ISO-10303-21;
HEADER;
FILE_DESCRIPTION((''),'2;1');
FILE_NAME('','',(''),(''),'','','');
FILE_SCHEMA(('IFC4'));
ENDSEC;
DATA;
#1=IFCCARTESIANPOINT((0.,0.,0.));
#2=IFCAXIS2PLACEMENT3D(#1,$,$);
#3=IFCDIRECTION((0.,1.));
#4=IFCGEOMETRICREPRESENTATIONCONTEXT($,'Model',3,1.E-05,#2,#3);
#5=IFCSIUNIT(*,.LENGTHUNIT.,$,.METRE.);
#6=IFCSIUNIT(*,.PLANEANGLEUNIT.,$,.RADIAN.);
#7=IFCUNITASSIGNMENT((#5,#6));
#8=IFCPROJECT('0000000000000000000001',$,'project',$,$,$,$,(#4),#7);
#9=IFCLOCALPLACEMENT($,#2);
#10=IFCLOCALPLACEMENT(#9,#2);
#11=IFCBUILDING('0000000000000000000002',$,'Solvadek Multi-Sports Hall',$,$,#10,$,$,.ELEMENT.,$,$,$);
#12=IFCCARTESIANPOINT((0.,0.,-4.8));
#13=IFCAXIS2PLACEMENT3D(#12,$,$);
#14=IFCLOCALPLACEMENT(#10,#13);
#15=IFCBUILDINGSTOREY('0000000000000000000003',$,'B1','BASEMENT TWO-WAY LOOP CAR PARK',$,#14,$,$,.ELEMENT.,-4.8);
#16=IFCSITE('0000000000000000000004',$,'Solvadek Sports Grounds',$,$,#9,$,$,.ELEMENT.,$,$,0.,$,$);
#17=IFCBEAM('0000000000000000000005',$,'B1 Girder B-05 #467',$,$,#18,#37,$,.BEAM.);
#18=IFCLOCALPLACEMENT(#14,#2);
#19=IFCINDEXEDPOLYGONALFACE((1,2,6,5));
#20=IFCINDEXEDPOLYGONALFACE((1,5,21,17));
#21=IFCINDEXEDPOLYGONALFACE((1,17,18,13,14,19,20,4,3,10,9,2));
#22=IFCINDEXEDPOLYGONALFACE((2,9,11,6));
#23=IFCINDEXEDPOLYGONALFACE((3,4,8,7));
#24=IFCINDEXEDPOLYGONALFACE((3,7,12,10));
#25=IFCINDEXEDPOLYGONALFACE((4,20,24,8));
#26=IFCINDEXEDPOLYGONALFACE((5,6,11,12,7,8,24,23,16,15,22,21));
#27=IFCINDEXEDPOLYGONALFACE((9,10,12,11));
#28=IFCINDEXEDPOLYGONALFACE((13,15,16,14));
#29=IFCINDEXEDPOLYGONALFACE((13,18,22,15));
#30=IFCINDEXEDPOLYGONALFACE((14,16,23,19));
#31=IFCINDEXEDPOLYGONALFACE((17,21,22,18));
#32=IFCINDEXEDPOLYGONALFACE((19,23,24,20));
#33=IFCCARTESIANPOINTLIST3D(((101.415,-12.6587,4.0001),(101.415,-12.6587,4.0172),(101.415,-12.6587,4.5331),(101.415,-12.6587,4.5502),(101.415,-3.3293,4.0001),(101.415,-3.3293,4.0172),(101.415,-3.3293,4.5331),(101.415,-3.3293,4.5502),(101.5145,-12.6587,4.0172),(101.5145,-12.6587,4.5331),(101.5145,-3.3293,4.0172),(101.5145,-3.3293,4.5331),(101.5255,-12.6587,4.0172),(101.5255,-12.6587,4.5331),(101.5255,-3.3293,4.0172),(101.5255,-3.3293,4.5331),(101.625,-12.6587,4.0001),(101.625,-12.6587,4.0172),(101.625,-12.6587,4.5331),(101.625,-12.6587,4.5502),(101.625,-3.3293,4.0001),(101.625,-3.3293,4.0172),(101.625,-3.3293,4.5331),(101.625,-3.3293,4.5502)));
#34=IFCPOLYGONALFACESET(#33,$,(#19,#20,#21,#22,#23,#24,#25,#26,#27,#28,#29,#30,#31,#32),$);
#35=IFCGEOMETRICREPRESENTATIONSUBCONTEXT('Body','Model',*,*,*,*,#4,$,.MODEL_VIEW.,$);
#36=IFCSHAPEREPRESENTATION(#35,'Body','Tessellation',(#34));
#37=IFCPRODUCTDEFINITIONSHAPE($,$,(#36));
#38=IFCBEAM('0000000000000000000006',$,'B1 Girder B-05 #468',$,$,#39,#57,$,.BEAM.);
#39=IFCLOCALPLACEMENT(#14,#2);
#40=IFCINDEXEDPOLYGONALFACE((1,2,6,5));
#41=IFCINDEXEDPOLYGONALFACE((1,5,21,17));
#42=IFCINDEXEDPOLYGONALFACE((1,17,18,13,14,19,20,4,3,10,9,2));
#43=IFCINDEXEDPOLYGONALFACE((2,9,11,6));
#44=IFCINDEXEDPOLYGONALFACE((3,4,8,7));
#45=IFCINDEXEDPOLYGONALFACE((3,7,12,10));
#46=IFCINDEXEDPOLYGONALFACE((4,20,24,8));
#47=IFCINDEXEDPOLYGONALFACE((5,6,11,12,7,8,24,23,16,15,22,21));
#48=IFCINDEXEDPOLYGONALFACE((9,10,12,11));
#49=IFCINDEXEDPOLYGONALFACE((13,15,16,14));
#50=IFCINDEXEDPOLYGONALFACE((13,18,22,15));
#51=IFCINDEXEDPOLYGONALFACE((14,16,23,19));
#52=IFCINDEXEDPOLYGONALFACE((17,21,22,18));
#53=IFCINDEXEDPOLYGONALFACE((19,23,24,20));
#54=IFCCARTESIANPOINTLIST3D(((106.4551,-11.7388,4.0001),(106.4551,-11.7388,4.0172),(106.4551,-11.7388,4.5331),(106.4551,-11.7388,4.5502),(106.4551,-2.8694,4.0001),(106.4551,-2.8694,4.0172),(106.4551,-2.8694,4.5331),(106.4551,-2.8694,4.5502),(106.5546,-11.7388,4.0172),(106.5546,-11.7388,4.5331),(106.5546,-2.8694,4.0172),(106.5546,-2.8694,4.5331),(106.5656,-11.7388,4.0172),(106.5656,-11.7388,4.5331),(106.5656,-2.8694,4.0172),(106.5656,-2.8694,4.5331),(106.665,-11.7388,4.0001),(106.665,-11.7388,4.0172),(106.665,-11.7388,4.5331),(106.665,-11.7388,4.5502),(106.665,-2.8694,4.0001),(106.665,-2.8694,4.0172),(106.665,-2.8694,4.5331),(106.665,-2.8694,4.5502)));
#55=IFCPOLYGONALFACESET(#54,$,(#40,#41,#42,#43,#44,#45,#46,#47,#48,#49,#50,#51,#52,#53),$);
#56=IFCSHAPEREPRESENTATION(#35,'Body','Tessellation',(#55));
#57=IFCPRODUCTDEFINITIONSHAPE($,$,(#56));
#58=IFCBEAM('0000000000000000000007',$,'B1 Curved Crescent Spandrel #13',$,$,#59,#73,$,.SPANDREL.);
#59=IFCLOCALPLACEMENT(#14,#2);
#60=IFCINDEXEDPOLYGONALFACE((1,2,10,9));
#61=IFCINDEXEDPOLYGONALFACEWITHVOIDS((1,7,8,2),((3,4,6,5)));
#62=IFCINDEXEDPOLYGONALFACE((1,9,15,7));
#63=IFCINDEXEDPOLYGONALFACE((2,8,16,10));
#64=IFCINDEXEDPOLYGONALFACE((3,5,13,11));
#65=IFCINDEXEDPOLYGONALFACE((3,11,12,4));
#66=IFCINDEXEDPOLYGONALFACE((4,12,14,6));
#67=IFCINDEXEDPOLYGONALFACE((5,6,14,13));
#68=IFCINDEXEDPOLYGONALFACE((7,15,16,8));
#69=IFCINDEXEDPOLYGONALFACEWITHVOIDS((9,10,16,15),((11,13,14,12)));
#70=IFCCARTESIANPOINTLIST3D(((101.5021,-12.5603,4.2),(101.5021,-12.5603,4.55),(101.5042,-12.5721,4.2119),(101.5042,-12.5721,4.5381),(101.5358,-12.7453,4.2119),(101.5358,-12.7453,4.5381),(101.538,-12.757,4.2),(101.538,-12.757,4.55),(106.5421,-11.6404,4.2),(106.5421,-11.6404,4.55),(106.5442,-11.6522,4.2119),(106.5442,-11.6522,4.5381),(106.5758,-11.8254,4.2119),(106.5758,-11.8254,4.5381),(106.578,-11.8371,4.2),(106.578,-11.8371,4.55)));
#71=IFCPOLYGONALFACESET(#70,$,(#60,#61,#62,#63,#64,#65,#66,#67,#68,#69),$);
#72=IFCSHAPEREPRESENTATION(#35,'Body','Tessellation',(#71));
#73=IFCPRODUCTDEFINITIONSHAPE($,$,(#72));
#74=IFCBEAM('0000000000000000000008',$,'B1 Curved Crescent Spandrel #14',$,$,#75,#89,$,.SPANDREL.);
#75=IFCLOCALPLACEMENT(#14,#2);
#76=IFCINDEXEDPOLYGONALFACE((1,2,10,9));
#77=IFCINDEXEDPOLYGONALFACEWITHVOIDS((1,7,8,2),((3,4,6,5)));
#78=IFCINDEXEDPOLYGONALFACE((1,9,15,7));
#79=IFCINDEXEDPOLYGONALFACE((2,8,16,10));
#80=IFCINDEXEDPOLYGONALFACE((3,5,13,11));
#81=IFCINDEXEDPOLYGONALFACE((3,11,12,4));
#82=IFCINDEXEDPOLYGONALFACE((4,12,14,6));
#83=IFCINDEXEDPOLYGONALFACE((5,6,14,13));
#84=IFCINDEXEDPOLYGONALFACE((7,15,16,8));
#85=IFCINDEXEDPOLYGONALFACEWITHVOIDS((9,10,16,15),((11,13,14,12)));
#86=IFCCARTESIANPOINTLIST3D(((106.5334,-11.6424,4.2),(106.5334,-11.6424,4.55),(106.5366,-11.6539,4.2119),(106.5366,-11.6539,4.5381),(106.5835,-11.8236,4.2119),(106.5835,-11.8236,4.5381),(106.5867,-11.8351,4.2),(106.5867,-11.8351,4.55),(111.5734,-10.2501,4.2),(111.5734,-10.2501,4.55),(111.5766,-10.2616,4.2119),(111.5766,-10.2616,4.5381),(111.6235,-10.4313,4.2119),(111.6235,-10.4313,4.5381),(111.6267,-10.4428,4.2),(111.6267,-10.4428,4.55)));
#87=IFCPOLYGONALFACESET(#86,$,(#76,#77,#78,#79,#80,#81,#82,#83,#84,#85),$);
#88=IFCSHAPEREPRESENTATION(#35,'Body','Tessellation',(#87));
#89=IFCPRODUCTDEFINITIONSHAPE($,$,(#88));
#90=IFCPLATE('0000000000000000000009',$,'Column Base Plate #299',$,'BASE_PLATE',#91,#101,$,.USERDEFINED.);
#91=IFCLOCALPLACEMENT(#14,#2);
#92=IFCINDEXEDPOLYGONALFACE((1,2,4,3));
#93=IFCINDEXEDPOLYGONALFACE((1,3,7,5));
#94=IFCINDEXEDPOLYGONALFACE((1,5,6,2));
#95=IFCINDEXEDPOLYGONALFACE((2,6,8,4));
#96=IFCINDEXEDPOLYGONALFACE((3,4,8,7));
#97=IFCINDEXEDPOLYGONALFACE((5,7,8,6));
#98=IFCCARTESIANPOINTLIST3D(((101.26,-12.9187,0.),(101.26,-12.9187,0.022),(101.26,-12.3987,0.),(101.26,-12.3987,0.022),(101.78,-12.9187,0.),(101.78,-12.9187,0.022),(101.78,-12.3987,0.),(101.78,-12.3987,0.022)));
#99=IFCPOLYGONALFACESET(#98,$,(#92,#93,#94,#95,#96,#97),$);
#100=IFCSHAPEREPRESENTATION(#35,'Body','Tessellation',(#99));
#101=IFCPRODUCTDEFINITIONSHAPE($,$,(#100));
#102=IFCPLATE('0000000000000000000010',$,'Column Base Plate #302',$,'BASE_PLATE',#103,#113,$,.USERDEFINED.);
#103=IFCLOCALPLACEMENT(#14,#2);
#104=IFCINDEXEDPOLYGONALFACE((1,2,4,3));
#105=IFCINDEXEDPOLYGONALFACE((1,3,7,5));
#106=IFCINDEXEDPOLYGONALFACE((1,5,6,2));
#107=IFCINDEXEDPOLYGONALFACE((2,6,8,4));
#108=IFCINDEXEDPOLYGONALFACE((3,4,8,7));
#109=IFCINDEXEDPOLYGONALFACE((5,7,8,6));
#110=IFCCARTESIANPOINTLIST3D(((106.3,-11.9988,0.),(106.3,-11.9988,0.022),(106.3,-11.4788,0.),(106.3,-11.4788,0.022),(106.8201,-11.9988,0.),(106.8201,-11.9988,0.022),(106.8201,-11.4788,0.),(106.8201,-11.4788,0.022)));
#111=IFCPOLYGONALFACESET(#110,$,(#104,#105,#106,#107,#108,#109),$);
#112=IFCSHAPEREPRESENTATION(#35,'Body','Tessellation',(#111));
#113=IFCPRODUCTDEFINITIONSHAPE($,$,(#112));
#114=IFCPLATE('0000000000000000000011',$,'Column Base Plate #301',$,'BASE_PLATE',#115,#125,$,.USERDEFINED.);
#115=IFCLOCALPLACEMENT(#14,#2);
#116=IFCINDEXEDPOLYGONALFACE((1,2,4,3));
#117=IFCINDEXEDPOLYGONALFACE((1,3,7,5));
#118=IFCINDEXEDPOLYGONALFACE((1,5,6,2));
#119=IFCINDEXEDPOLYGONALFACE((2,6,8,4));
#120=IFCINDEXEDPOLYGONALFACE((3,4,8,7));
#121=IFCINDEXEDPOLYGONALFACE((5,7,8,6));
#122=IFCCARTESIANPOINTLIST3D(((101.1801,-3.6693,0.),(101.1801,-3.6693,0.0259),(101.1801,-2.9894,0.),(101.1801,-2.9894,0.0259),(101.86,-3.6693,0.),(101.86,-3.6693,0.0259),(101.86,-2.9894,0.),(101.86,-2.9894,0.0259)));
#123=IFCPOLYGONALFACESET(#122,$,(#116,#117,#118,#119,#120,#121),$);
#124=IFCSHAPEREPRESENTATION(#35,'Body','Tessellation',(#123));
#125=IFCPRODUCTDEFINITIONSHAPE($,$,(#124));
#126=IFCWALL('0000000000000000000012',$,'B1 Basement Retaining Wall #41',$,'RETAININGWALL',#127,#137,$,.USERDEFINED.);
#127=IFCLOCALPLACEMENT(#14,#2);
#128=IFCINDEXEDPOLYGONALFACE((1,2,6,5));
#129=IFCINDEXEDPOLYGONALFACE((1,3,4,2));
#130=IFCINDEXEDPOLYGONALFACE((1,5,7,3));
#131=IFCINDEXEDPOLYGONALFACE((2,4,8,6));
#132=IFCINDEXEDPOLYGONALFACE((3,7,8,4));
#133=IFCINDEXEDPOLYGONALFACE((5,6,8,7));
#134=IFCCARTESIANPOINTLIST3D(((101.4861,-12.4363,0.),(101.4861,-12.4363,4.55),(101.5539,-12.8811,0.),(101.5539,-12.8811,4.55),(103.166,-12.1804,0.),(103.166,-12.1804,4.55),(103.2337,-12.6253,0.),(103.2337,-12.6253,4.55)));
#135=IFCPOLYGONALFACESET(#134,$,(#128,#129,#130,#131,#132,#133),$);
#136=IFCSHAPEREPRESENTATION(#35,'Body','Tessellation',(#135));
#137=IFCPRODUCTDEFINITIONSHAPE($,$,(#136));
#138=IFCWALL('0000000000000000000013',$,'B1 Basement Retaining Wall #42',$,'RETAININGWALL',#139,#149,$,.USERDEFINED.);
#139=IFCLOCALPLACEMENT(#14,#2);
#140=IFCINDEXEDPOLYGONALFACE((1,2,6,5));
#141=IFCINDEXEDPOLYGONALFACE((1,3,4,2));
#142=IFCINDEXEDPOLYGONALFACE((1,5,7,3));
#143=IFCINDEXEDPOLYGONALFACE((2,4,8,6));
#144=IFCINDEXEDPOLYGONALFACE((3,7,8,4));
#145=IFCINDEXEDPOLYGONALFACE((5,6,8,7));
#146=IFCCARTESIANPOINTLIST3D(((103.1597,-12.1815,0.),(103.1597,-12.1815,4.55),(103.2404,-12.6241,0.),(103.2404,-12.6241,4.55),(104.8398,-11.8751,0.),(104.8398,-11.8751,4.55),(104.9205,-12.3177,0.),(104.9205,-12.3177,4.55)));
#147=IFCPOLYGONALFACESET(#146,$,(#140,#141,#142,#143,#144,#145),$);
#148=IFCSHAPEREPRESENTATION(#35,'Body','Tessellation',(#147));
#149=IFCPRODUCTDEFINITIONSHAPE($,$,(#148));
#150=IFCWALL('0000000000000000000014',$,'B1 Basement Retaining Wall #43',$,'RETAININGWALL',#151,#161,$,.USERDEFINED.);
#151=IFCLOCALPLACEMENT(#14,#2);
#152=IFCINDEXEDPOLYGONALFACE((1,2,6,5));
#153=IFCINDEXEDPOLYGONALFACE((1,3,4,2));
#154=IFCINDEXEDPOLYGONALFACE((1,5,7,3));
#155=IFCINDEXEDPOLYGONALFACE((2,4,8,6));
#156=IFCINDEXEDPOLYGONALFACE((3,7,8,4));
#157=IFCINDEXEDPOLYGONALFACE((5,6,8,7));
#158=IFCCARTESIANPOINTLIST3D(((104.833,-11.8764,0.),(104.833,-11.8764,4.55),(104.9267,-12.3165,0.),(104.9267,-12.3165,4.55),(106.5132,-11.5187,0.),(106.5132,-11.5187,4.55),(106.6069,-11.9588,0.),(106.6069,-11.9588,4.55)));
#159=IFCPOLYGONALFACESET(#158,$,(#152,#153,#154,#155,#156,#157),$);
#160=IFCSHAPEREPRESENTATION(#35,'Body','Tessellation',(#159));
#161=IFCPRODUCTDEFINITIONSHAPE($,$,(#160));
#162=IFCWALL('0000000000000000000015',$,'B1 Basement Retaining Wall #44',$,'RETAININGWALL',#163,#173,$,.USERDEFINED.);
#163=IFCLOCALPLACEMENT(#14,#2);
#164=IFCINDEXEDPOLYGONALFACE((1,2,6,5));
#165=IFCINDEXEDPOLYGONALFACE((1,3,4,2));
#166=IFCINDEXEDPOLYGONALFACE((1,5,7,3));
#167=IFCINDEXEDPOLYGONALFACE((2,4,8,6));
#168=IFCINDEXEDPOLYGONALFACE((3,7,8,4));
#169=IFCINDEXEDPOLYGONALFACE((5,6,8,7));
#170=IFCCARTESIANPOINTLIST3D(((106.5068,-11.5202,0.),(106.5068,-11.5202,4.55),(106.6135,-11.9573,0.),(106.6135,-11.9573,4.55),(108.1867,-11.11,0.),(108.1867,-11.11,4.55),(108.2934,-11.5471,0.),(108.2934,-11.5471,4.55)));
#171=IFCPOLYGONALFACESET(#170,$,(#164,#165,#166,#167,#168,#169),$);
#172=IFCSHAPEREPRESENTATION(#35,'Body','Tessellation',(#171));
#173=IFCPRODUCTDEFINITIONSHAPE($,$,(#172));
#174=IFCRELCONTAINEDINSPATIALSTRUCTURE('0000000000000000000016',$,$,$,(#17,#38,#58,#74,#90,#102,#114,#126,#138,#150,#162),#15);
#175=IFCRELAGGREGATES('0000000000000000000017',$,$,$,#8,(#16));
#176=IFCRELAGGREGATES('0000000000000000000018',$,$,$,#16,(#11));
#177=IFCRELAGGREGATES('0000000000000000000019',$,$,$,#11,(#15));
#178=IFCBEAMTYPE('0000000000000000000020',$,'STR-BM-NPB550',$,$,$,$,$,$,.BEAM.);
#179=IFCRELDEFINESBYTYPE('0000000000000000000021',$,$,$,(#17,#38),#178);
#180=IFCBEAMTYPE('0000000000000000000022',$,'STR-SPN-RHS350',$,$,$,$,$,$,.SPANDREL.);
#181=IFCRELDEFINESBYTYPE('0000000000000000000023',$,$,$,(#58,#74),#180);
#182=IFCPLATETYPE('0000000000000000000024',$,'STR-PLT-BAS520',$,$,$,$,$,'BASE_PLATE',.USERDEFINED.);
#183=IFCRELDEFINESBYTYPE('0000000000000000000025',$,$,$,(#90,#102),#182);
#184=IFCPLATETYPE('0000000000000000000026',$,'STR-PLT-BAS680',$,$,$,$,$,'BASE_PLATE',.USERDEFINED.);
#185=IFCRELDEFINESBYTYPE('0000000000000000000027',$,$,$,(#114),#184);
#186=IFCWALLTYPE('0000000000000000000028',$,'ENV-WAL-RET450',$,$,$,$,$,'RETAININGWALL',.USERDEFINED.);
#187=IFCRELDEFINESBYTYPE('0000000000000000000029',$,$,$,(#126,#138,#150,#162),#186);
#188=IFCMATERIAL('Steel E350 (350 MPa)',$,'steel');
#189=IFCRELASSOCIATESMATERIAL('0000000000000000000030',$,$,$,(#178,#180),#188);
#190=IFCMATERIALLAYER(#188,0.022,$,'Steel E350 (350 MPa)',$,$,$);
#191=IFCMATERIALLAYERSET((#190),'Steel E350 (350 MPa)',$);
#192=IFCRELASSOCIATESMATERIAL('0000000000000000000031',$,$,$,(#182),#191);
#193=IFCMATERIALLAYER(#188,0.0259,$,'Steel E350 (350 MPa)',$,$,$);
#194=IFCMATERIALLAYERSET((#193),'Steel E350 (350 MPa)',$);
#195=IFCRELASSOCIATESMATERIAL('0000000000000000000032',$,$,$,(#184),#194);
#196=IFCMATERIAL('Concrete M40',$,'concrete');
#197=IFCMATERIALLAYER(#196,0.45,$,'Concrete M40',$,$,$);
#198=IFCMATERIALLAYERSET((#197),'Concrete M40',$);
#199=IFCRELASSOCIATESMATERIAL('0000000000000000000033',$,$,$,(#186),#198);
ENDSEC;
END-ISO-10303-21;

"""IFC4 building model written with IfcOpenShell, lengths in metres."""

from ifc_helpers import new_model, si_unit, direction, frame, frame_2d, origin, origin_2d, place, context, subcontext, project, spatial, rectangle, hollow_rectangle, i_section, extrude, material, layer, layer_set, material_profile, profile_set, type_object, element, save


model = new_model("IFC4")

# Units and contexts
model_context = context("Model", 3, precision=1e-05, world=origin(), true_north=direction((0.0, 1.0)))
body_context = subcontext(model_context, "Body", "Model", "MODEL_VIEW")
ifc_project = project(units=[si_unit("LENGTHUNIT", "METRE"), si_unit("PLANEANGLEUNIT", "RADIAN")], contexts=[model_context])

# Site, building, storey
site_placement = place(None, origin())
site = spatial("IfcSite", under=ifc_project, at=site_placement, Name="Solvadek Sports Grounds", CompositionType="ELEMENT", RefElevation=0.0)
building_placement = place(site_placement, origin())
building = spatial("IfcBuilding", under=site, at=building_placement, Name="Solvadek Multi-Sports Hall", CompositionType="ELEMENT")
storey_placement = place(building_placement, frame((0.0, 0.0, -4.8)))
storey = spatial("IfcBuildingStorey", under=building, at=storey_placement, Name="B1", Description="BASEMENT TWO-WAY LOOP CAR PARK", CompositionType="ELEMENT", Elevation=-4.8)

# Shared definitions
ifc_material_1 = material(Name="Concrete M40", Category="concrete")

# Shared definitions
ifc_material_2 = material(Name="Steel E350 (350 MPa)", Category="steel")

# Beams
ifc_material_profile_1 = material_profile(ifc_material_2, i_section(OverallWidth=0.21, OverallDepth=0.55, WebThickness=0.011, FlangeThickness=0.0171, at=origin_2d()), Name="NPB 550")
ifc_profile_set_1 = profile_set([ifc_material_profile_1], Name="Steel E350 (350 MPa)")
beam_type_1 = type_object("IfcBeamType", Name="STR-BM-NPB550", PredefinedType="BEAM", material=ifc_profile_set_1)
beam_1_placement = place(storey_placement, frame((101.52, -12.6587, 4.2751), z_axis=(0.0, 1.0, 0.0), x_axis=(-1.0, 0.0, 0.0)))
element("IfcBeam", 1, at=beam_1_placement, inside=storey, type_object=beam_type_1, Name="B1 Girder B-05 #467", PredefinedType="BEAM", context=body_context, shape_type="SweptSolid", body=[
    extrude(i_section(OverallWidth=0.21, OverallDepth=0.55, WebThickness=0.011, FlangeThickness=0.0171, at=origin_2d()), origin(), (0.0, 0.0, 1.0), 9.3293),
])
beam_2_placement = place(storey_placement, frame((106.5601, -11.7388, 4.2751), z_axis=(0.0, 1.0, 0.0), x_axis=(-1.0, 0.0, 0.0)))
element("IfcBeam", 2, at=beam_2_placement, inside=storey, type_object=beam_type_1, Name="B1 Girder B-05 #468", PredefinedType="BEAM", context=body_context, shape_type="SweptSolid", body=[
    extrude(i_section(OverallWidth=0.21, OverallDepth=0.55, WebThickness=0.011, FlangeThickness=0.0171, at=origin_2d()), origin(), (0.0, 0.0, 1.0), 8.8694),
])
ifc_material_profile_2 = material_profile(ifc_material_2, hollow_rectangle(XDim=0.2, YDim=0.3501, WallThickness=0.012, at=origin_2d()), Name="RHS 350x200x12")
ifc_profile_set_2 = profile_set([ifc_material_profile_2], Name="Steel E350 (350 MPa)")
beam_type_2 = type_object("IfcBeamType", Name="STR-SPN-RHS350", PredefinedType="SPANDREL", material=ifc_profile_set_2)
beam_3_placement = place(storey_placement, frame((101.52, -12.6587, 4.375), z_axis=(0.983748, 0.179556, 0.0), x_axis=(-0.179556, 0.983748, 0.0)))
element("IfcBeam", 3, at=beam_3_placement, inside=storey, type_object=beam_type_2, Name="B1 Curved Crescent Spandrel #13", PredefinedType="SPANDREL", context=body_context, shape_type="SweptSolid", body=[
    extrude(hollow_rectangle(XDim=0.2, YDim=0.3501, WallThickness=0.012, at=origin_2d()), origin(), (0.0, 0.0, 1.0), 5.1233),
])
beam_4_placement = place(storey_placement, frame((106.5601, -11.7388, 4.375), z_axis=(0.963896, 0.266281, 0.0), x_axis=(-0.266281, 0.963896, 0.0)))
element("IfcBeam", 4, at=beam_4_placement, inside=storey, type_object=beam_type_2, Name="B1 Curved Crescent Spandrel #14", PredefinedType="SPANDREL", context=body_context, shape_type="SweptSolid", body=[
    extrude(hollow_rectangle(XDim=0.2, YDim=0.3501, WallThickness=0.012, at=origin_2d()), origin(), (0.0, 0.0, 1.0), 5.2288),
])

# Plates
ifc_layer_1 = layer(ifc_material_2, 0.022, Name="Steel E350 (350 MPa)")
ifc_layer_set_1 = layer_set([ifc_layer_1], Name="Steel E350 (350 MPa)")
plate_type_1 = type_object("IfcPlateType", Name="STR-PLT-BAS520", ElementType="BASE_PLATE", PredefinedType="USERDEFINED", material=ifc_layer_set_1)
for number, where, z_axis, x_axis, name in (
    (5, (101.52, -12.6587, 0.0), (0.0, 0.0, 1.0), (1.0, 0.0, 0.0), "Column Base Plate #299"),
    (6, (106.5601, -11.7388, 0.0), (0.0, 0.0, 1.0), (1.0, 0.0, 0.0), "Column Base Plate #302"),
):
    element("IfcPlate", number, at=place(storey_placement, frame(where, z_axis=z_axis, x_axis=x_axis)), inside=storey, type_object=plate_type_1, Name=name, ObjectType="BASE_PLATE", PredefinedType="USERDEFINED", context=body_context, shape_type="SweptSolid", body=[
        extrude(rectangle(XDim=0.52, YDim=0.52, at=origin_2d()), origin(), (0.0, 0.0, 1.0), 0.022),
    ])
ifc_layer_2 = layer(ifc_material_2, 0.0259, Name="Steel E350 (350 MPa)")
ifc_layer_set_2 = layer_set([ifc_layer_2], Name="Steel E350 (350 MPa)")
plate_type_2 = type_object("IfcPlateType", Name="STR-PLT-BAS680", ElementType="BASE_PLATE", PredefinedType="USERDEFINED", material=ifc_layer_set_2)
plate_placement = place(storey_placement, frame((101.52, -3.3293, 0.0), z_axis=(0.0, 0.0, 1.0), x_axis=(1.0, 0.0, 0.0)))
element("IfcPlate", 7, at=plate_placement, inside=storey, type_object=plate_type_2, Name="Column Base Plate #301", ObjectType="BASE_PLATE", PredefinedType="USERDEFINED", context=body_context, shape_type="SweptSolid", body=[
    extrude(rectangle(XDim=0.6799, YDim=0.6799, at=origin_2d()), origin(), (0.0, 0.0, 1.0), 0.0259),
])

# Walls
ifc_layer_3 = layer(ifc_material_1, 0.45, Name="Concrete M40")
ifc_layer_set_3 = layer_set([ifc_layer_3], Name="Concrete M40")
wall_type = type_object("IfcWallType", Name="ENV-WAL-RET450", ElementType="RETAININGWALL", PredefinedType="USERDEFINED", material=ifc_layer_set_3)
wall_1_placement = place(storey_placement, frame((101.52, -12.6587, 0.0), z_axis=(0.0, 0.0, 1.0), x_axis=(0.9886, 0.150567, 0.0)))
element("IfcWall", 8, at=wall_1_placement, inside=storey, type_object=wall_type, Name="B1 Basement Retaining Wall #41", ObjectType="RETAININGWALL", PredefinedType="USERDEFINED", context=body_context, shape_type="SweptSolid", body=[
    extrude(rectangle(XDim=1.6992, YDim=0.45, at=frame_2d((0.8496, 0.0))), origin(), (0.0, 0.0, 1.0), 4.55),
])
wall_2_placement = place(storey_placement, frame((103.2, -12.4028, 0.0), z_axis=(0.0, 0.0, 1.0), x_axis=(0.983771, 0.179426, 0.0)))
element("IfcWall", 9, at=wall_2_placement, inside=storey, type_object=wall_type, Name="B1 Basement Retaining Wall #42", ObjectType="RETAININGWALL", PredefinedType="USERDEFINED", context=body_context, shape_type="SweptSolid", body=[
    extrude(rectangle(XDim=1.7078, YDim=0.45, at=frame_2d((0.854, 0.0))), origin(), (0.0, 0.0, 1.0), 4.55),
])
wall_3_placement = place(storey_placement, frame((104.8799, -12.0964, 0.0), z_axis=(0.0, 0.0, 1.0), x_axis=(0.978084, 0.208209, 0.0)))
element("IfcWall", 10, at=wall_3_placement, inside=storey, type_object=wall_type, Name="B1 Basement Retaining Wall #43", ObjectType="RETAININGWALL", PredefinedType="USERDEFINED", context=body_context, shape_type="SweptSolid", body=[
    extrude(rectangle(XDim=1.7178, YDim=0.45, at=frame_2d((0.8589, 0.0))), origin(), (0.0, 0.0, 1.0), 4.55),
])
wall_4_placement = place(storey_placement, frame((106.5601, -11.7388, 0.0), z_axis=(0.0, 0.0, 1.0), x_axis=(0.971465, 0.237184, 0.0)))
element("IfcWall", 11, at=wall_4_placement, inside=storey, type_object=wall_type, Name="B1 Basement Retaining Wall #44", ObjectType="RETAININGWALL", PredefinedType="USERDEFINED", context=body_context, shape_type="SweptSolid", body=[
    extrude(rectangle(XDim=1.7292, YDim=0.45, at=frame_2d((0.8647, 0.0))), origin(), (0.0, 0.0, 1.0), 4.55),
])

save(model, "model.ifc")
